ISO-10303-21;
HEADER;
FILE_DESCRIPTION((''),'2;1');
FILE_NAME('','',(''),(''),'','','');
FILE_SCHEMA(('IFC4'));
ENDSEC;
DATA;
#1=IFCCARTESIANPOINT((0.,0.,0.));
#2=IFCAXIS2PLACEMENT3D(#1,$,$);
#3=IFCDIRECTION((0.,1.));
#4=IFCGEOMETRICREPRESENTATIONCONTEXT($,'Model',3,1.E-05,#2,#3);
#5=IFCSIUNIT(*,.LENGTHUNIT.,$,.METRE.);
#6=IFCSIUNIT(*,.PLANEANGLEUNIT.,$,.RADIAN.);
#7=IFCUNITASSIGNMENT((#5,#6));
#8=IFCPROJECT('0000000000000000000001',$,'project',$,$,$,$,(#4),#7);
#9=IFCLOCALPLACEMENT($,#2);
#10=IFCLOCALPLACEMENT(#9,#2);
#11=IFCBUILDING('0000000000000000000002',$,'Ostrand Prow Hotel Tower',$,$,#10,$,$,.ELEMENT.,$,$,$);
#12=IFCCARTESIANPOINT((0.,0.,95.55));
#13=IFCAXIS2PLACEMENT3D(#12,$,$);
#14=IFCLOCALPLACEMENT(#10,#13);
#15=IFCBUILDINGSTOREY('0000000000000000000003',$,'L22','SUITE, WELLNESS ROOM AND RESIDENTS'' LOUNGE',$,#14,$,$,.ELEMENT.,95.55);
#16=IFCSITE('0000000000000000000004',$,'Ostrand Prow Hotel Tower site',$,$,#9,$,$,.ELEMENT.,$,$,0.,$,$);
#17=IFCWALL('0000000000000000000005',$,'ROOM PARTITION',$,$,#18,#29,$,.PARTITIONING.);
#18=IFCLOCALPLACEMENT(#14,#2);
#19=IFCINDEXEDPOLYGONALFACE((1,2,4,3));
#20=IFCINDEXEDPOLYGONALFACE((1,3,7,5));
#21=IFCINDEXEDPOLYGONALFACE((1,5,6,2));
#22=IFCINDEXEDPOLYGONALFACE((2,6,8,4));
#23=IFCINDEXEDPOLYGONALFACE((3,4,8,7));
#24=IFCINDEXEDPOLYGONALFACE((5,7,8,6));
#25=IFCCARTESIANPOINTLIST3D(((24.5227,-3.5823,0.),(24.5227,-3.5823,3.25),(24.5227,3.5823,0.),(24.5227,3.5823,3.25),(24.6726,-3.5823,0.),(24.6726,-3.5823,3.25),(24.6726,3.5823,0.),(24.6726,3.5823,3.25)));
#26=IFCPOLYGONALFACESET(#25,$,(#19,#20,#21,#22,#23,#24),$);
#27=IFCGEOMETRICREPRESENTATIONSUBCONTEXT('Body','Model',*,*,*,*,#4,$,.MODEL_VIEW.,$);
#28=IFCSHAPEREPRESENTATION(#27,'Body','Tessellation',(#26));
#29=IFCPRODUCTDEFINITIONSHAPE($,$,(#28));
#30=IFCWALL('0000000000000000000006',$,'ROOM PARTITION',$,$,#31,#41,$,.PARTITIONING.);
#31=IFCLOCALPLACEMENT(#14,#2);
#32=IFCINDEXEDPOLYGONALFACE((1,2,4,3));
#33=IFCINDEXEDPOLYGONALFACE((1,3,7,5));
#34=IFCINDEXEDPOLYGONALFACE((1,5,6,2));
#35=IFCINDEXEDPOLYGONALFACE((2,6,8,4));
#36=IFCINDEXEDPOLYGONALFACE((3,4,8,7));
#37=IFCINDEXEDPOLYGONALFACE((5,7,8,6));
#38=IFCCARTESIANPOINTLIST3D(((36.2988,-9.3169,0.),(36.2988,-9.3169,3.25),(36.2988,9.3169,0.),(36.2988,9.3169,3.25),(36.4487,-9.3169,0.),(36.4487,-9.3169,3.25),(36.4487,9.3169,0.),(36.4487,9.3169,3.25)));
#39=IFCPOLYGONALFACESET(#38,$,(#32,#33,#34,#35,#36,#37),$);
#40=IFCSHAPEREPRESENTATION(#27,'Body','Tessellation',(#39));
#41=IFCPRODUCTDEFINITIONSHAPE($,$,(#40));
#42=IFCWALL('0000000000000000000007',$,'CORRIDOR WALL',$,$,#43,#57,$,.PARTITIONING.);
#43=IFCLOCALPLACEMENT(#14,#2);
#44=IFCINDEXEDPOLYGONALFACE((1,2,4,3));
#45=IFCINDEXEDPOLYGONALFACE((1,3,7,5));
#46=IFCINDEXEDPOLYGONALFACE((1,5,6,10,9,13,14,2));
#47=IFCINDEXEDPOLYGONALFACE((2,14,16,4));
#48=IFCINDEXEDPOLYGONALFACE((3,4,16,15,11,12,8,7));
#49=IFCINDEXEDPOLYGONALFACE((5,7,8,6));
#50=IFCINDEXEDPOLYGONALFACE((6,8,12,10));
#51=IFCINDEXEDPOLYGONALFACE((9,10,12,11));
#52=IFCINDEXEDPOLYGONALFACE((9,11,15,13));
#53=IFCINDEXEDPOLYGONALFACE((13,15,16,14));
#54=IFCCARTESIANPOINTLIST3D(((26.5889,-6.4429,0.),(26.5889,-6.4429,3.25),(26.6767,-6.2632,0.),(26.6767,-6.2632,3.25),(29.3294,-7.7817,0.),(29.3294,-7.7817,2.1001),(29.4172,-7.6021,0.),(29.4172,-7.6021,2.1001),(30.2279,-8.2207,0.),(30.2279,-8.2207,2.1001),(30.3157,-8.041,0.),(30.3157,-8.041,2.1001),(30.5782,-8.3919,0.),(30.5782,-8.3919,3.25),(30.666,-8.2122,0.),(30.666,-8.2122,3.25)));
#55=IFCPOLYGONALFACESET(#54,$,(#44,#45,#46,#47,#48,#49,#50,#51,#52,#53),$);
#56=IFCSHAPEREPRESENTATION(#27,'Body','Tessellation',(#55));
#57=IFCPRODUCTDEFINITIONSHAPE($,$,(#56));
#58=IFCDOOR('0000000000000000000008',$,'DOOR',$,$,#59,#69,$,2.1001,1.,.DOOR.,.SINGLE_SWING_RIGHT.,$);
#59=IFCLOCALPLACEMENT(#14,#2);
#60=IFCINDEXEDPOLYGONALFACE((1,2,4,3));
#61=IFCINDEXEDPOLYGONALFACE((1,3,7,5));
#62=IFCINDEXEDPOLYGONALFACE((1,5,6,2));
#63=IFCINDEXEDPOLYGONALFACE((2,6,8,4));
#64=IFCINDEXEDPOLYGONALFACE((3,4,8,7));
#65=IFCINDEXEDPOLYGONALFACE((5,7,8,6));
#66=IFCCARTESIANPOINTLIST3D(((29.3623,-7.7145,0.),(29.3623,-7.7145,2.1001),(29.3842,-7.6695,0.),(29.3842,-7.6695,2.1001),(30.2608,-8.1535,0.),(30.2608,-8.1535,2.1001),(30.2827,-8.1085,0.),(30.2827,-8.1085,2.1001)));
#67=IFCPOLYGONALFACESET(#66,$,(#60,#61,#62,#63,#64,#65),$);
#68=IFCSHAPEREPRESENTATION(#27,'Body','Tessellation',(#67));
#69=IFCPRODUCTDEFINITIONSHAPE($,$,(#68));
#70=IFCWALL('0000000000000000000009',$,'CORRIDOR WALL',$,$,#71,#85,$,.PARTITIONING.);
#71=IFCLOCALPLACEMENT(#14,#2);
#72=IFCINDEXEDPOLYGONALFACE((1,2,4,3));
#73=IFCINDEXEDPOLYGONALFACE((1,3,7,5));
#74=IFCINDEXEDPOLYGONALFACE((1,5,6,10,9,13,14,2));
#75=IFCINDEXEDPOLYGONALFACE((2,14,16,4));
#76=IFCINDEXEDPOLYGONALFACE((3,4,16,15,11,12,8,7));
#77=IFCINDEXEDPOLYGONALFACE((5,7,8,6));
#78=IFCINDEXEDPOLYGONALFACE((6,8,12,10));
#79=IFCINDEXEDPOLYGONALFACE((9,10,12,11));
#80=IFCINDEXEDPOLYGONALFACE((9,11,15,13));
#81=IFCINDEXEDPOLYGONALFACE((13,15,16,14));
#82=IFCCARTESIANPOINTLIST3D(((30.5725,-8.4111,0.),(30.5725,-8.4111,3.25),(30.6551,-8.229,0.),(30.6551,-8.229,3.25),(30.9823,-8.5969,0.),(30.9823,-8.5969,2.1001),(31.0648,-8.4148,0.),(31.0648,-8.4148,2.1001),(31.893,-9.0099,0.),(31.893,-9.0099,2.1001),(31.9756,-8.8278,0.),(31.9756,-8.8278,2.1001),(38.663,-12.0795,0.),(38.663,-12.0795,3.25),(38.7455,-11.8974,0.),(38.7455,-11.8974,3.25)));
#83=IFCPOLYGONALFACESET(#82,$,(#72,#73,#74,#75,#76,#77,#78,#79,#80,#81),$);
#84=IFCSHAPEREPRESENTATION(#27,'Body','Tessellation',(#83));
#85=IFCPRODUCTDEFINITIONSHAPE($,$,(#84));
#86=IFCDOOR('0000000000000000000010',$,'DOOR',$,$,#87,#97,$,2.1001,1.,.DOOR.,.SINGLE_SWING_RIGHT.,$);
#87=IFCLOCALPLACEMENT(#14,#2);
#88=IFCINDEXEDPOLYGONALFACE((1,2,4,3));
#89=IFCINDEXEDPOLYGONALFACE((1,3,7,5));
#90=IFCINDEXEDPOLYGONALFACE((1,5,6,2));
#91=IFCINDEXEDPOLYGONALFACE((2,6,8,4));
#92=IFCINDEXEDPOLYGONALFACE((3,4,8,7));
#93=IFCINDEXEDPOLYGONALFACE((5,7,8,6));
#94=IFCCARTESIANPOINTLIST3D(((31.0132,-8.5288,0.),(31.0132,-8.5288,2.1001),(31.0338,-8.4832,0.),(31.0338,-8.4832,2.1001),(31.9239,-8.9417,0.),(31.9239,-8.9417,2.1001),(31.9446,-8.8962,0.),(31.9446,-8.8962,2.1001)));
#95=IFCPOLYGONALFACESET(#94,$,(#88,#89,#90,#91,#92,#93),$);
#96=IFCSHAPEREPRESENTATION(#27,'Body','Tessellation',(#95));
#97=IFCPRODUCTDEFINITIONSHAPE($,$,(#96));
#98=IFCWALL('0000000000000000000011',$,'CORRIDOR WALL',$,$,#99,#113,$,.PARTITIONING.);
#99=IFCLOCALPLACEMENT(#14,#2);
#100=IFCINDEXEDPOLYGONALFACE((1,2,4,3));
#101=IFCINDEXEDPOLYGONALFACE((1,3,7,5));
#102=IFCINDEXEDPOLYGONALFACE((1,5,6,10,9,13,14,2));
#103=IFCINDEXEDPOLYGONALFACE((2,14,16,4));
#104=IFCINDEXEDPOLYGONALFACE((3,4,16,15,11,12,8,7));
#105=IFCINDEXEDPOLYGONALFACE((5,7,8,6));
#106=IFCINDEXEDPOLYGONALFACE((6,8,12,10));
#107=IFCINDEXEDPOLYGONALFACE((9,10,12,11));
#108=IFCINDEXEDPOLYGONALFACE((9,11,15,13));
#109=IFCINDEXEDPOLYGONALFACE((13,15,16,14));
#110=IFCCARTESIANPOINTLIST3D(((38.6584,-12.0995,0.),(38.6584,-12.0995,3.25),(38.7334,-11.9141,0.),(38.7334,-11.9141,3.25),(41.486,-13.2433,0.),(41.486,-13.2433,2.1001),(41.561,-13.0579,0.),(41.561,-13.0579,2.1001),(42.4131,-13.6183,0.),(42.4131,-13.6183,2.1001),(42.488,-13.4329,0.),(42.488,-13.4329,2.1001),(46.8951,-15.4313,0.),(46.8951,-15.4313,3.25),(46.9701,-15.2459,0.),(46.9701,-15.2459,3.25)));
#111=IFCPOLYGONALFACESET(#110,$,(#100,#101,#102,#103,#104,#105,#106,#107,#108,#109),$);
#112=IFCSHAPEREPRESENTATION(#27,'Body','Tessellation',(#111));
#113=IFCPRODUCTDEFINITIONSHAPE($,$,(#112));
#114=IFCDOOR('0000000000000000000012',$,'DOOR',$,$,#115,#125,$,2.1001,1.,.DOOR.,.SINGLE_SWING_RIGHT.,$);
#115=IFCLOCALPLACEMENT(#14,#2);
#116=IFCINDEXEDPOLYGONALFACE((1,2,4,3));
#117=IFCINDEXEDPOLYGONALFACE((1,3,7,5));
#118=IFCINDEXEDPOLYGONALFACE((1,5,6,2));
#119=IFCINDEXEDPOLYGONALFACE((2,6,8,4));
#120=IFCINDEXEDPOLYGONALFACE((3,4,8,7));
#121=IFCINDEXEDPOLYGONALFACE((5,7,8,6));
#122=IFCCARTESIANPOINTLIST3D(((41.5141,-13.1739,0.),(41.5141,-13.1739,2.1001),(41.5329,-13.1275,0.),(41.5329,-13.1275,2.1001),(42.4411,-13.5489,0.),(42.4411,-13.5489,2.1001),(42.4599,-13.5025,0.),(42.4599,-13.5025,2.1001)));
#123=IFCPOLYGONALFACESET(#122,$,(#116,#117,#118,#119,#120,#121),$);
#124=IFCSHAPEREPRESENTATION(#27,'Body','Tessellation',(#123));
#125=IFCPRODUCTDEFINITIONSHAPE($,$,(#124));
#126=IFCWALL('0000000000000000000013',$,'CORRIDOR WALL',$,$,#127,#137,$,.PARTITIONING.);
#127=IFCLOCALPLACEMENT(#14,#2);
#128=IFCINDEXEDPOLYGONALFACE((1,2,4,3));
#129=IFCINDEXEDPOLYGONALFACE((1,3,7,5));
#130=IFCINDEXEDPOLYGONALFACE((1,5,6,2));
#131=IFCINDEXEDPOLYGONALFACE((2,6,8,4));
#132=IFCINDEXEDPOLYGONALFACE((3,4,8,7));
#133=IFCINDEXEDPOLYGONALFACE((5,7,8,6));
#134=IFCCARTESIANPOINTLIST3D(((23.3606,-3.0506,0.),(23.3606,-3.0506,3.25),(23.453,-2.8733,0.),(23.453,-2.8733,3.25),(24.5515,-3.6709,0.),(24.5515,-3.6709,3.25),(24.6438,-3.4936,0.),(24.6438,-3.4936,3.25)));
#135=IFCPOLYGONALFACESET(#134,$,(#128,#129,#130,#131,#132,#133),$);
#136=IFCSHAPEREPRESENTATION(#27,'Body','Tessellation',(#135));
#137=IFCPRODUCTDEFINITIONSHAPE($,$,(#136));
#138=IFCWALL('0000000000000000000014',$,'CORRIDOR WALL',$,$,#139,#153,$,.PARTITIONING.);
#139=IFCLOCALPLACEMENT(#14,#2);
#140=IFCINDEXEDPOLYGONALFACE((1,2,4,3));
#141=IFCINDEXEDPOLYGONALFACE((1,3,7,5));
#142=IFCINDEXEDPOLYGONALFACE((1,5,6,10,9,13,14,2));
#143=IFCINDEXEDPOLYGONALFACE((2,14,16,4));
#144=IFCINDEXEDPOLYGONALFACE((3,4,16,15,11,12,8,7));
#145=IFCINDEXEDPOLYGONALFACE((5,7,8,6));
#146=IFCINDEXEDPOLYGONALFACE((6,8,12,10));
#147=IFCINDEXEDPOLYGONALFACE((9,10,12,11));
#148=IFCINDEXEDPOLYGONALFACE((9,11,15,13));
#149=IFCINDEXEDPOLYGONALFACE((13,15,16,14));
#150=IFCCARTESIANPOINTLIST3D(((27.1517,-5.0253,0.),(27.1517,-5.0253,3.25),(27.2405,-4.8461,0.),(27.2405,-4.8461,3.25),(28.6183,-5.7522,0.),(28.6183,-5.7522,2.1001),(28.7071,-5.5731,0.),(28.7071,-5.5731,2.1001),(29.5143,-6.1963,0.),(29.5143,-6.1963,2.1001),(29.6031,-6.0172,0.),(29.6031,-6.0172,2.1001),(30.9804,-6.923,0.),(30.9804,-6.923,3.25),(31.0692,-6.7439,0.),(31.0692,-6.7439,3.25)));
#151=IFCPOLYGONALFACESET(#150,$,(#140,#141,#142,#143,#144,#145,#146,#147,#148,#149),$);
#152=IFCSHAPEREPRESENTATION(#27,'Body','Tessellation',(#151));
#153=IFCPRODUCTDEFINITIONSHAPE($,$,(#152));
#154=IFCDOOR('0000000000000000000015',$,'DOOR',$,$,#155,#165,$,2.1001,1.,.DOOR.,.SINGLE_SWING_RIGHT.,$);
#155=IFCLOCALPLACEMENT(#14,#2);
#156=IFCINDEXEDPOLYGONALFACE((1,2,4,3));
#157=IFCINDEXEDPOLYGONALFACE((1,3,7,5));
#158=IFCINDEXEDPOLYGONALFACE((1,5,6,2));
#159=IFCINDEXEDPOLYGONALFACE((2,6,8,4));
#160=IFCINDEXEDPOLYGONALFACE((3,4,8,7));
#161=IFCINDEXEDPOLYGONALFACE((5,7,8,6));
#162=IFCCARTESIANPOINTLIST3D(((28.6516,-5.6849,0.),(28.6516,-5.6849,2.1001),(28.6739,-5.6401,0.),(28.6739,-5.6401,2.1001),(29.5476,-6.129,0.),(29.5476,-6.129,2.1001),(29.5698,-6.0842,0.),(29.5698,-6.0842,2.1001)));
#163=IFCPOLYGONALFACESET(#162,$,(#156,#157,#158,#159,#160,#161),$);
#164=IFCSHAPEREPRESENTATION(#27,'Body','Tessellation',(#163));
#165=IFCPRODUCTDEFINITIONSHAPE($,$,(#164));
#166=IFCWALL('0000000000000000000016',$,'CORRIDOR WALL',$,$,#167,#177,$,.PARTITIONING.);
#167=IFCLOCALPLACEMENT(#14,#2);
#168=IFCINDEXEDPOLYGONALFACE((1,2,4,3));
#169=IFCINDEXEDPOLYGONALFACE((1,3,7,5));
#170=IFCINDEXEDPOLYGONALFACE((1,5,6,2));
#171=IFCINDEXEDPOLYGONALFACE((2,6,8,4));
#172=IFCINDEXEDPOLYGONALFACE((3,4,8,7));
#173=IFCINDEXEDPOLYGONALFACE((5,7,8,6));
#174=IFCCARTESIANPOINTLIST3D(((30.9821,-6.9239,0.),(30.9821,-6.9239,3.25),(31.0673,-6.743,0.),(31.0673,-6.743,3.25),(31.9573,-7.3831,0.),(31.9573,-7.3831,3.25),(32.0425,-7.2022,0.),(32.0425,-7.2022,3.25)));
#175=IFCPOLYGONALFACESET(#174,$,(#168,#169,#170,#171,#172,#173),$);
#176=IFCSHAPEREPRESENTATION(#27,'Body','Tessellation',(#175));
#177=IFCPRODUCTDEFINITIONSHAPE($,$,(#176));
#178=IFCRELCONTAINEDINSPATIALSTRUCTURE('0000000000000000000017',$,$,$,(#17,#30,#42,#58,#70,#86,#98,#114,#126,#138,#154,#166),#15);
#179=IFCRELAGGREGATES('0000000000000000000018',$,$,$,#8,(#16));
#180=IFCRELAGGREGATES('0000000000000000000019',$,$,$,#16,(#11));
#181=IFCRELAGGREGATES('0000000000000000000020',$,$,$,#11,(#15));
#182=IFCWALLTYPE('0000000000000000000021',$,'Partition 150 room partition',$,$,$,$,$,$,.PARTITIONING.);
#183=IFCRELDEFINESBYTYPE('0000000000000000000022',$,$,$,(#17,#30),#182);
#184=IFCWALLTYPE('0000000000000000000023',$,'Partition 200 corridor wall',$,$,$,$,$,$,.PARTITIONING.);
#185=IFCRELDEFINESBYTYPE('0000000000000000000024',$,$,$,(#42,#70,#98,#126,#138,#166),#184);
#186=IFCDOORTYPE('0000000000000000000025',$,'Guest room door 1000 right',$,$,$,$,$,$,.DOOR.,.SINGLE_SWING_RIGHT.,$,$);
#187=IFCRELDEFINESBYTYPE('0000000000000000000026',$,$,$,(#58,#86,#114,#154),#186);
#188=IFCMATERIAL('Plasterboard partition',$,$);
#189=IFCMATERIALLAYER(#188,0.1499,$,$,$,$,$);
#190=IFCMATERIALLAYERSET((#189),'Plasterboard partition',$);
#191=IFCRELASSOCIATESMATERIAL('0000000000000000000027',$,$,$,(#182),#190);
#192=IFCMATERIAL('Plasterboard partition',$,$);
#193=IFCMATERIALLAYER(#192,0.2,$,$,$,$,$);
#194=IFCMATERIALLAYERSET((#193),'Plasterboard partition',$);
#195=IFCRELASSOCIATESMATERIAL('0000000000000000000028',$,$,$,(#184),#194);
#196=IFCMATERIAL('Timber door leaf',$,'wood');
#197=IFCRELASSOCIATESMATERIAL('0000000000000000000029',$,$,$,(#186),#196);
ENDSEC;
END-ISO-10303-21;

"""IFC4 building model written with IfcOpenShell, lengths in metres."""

from ifc_helpers import new_model, si_unit, direction, frame, frame_2d, origin, place, context, subcontext, project, spatial, rectangle, extrude, material, layer, layer_set, type_object, element, fill, save


model = new_model("IFC4")

# Units and contexts
model_context = context("Model", 3, precision=1e-05, world=origin(), true_north=direction((0.0, 1.0)))
body_context = subcontext(model_context, "Body", "Model", "MODEL_VIEW")
ifc_project = project(units=[si_unit("LENGTHUNIT", "METRE"), si_unit("PLANEANGLEUNIT", "RADIAN")], contexts=[model_context])

# Site, building, storey
site_placement = place(None, origin())
site = spatial("IfcSite", under=ifc_project, at=site_placement, Name="Ostrand Prow Hotel Tower site", CompositionType="ELEMENT", RefElevation=0.0)
building_placement = place(site_placement, origin())
building = spatial("IfcBuilding", under=site, at=building_placement, Name="Ostrand Prow Hotel Tower", CompositionType="ELEMENT")
storey_placement = place(building_placement, frame((0.0, 0.0, 95.55)))
storey = spatial("IfcBuildingStorey", under=building, at=storey_placement, Name="L22", Description="SUITE, WELLNESS ROOM AND RESIDENTS' LOUNGE", CompositionType="ELEMENT", Elevation=95.55)

# Walls
ifc_material_1 = material(Name="Plasterboard partition")
ifc_layer_1 = layer(ifc_material_1, 0.1499)
ifc_layer_set_1 = layer_set([ifc_layer_1], Name="Plasterboard partition")
wall_type_1 = type_object("IfcWallType", Name="Partition 150 room partition", PredefinedType="PARTITIONING", material=ifc_layer_set_1)
wall_1_placement = place(storey_placement, frame((24.5977, -3.5823, 0.0), z_axis=(0.0, 0.0, 1.0), x_axis=(0.0, 1.0, 0.0)))
element("IfcWall", 1, at=wall_1_placement, inside=storey, type_object=wall_type_1, Name="ROOM PARTITION", PredefinedType="PARTITIONING", context=body_context, shape_type="SweptSolid", body=[
    extrude(rectangle(XDim=7.1646, YDim=0.1499, at=frame_2d((3.5823, 0.0))), origin(), (0.0, 0.0, 1.0), 3.25),
])
wall_2_placement = place(storey_placement, frame((36.3738, -9.3169, 0.0), z_axis=(0.0, 0.0, 1.0), x_axis=(0.0, 1.0, 0.0)))
element("IfcWall", 2, at=wall_2_placement, inside=storey, type_object=wall_type_1, Name="ROOM PARTITION", PredefinedType="PARTITIONING", context=body_context, shape_type="SweptSolid", body=[
    extrude(rectangle(XDim=18.6338, YDim=0.1499, at=frame_2d((9.3169, 0.0))), origin(), (0.0, 0.0, 1.0), 3.25),
])

# Walls, openings, doors
ifc_material_2 = material(Name="Plasterboard partition")
ifc_layer_2 = layer(ifc_material_2, 0.2)
ifc_layer_set_2 = layer_set([ifc_layer_2], Name="Plasterboard partition")
wall_type_2 = type_object("IfcWallType", Name="Partition 200 corridor wall", PredefinedType="PARTITIONING", material=ifc_layer_set_2)
wall_3_placement = place(storey_placement, frame((26.6328, -6.353, 0.0), z_axis=(0.0, 0.0, 1.0), x_axis=(0.898502, -0.438968, 0.0)))
wall_3 = element("IfcWall", 3, at=wall_3_placement, inside=storey, type_object=wall_type_2, Name="CORRIDOR WALL", PredefinedType="PARTITIONING", context=body_context, shape_type="SweptSolid", body=[
    extrude(rectangle(XDim=4.4399, YDim=0.2, at=frame_2d((2.22, 0.0))), origin(), (0.0, 0.0, 1.0), 3.25),
])
opening_1_placement = place(wall_3_placement, frame((3.05, 0.0, 0.0)))
opening_1 = element("IfcOpeningElement", 4, at=opening_1_placement, cuts=wall_3, PredefinedType="OPENING", context=body_context, shape_type="SweptSolid", body=[
    extrude(rectangle(XDim=1.0, YDim=2.1001, at=frame_2d((0.5, 1.05))), frame((0.0, 0.1099, 0.0), z_axis=(0.0, -1.0, 0.0), x_axis=(1.0, 0.0, 0.0)), (0.0, 0.0, 1.0), 0.22),
])
ifc_material_3 = material(Name="Timber door leaf", Category="wood")
door_type_1 = type_object("IfcDoorType", Name="Guest room door 1000 right", OperationType="SINGLE_SWING_RIGHT", PredefinedType="DOOR", material=ifc_material_3)
door_1_placement = place(opening_1_placement, origin())
door_1 = element("IfcDoor", 5, at=door_1_placement, inside=storey, type_object=door_type_1, Name="DOOR", OperationType="SINGLE_SWING_RIGHT", OverallHeight=2.1001, OverallWidth=1.0, PredefinedType="DOOR", context=body_context, shape_type="SweptSolid", body=[
    extrude(rectangle(XDim=1.0, YDim=2.1001, at=frame_2d((0.5, 1.05))), frame((0.0, 0.0249, 0.0), z_axis=(0.0, -1.0, 0.0), x_axis=(1.0, 0.0, 0.0)), (0.0, 0.0, 1.0), 0.05),
])
fill(opening_1, door_1)
wall_4_placement = place(storey_placement, frame((30.6138, -8.3201, 0.0), z_axis=(0.0, 0.0, 1.0), x_axis=(0.910751, -0.412956, 0.0)))
wall_4 = element("IfcWall", 6, at=wall_4_placement, inside=storey, type_object=wall_type_2, Name="CORRIDOR WALL", PredefinedType="PARTITIONING", context=body_context, shape_type="SweptSolid", body=[
    extrude(rectangle(XDim=8.8833, YDim=0.2, at=frame_2d((4.4417, 0.0))), origin(), (0.0, 0.0, 1.0), 3.25),
])
opening_2_placement = place(wall_4_placement, frame((0.45, 0.0, 0.0)))
opening_2 = element("IfcOpeningElement", 7, at=opening_2_placement, cuts=wall_4, PredefinedType="OPENING", context=body_context, shape_type="SweptSolid", body=[
    extrude(rectangle(XDim=1.0, YDim=2.1001, at=frame_2d((0.5, 1.05))), frame((0.0, 0.1099, 0.0), z_axis=(0.0, -1.0, 0.0), x_axis=(1.0, 0.0, 0.0)), (0.0, 0.0, 1.0), 0.22),
])
door_2_placement = place(opening_2_placement, origin())
door_2 = element("IfcDoor", 8, at=door_2_placement, inside=storey, type_object=door_type_1, Name="DOOR", OperationType="SINGLE_SWING_RIGHT", OverallHeight=2.1001, OverallWidth=1.0, PredefinedType="DOOR", context=body_context, shape_type="SweptSolid", body=[
    extrude(rectangle(XDim=1.0, YDim=2.1001, at=frame_2d((0.5, 1.05))), frame((0.0, 0.0249, 0.0), z_axis=(0.0, -1.0, 0.0), x_axis=(1.0, 0.0, 0.0)), (0.0, 0.0, 1.0), 0.05),
])
fill(opening_2, door_2)
wall_5_placement = place(storey_placement, frame((38.696, -12.0068, 0.0), z_axis=(0.0, 0.0, 1.0), x_axis=(0.927028, -0.374993, 0.0)))
wall_5 = element("IfcWall", 9, at=wall_5_placement, inside=storey, type_object=wall_type_2, Name="CORRIDOR WALL", PredefinedType="PARTITIONING", context=body_context, shape_type="SweptSolid", body=[
    extrude(rectangle(XDim=8.885, YDim=0.2, at=frame_2d((4.4424, 0.0))), origin(), (0.0, 0.0, 1.0), 3.25),
])
opening_3_placement = place(wall_5_placement, frame((3.05, 0.0, 0.0)))
opening_3 = element("IfcOpeningElement", 10, at=opening_3_placement, cuts=wall_5, PredefinedType="OPENING", context=body_context, shape_type="SweptSolid", body=[
    extrude(rectangle(XDim=1.0, YDim=2.1001, at=frame_2d((0.5, 1.05))), frame((0.0, 0.1099, 0.0), z_axis=(0.0, -1.0, 0.0), x_axis=(1.0, 0.0, 0.0)), (0.0, 0.0, 1.0), 0.22),
])
door_3_placement = place(opening_3_placement, origin())
door_3 = element("IfcDoor", 11, at=door_3_placement, inside=storey, type_object=door_type_1, Name="DOOR", OperationType="SINGLE_SWING_RIGHT", OverallHeight=2.1001, OverallWidth=1.0, PredefinedType="DOOR", context=body_context, shape_type="SweptSolid", body=[
    extrude(rectangle(XDim=1.0, YDim=2.1001, at=frame_2d((0.5, 1.05))), frame((0.0, 0.0249, 0.0), z_axis=(0.0, -1.0, 0.0), x_axis=(1.0, 0.0, 0.0)), (0.0, 0.0, 1.0), 0.05),
])
fill(opening_3, door_3)

# Wall
wall_6_placement = place(storey_placement, frame((24.5977, -3.5823, 0.0), z_axis=(0.0, 0.0, 1.0), x_axis=(-0.886886, 0.461988, 0.0)))
element("IfcWall", 12, at=wall_6_placement, inside=storey, type_object=wall_type_2, Name="CORRIDOR WALL", PredefinedType="PARTITIONING", context=body_context, shape_type="SweptSolid", body=[
    extrude(rectangle(XDim=1.3428, YDim=0.2, at=frame_2d((0.6714, 0.0))), origin(), (0.0, 0.0, 1.0), 3.25),
])

# Wall, opening, door
wall_7_placement = place(storey_placement, frame((31.0249, -6.8335, 0.0), z_axis=(0.0, 0.0, 1.0), x_axis=(-0.895976, 0.444103, 0.0)))
wall_7 = element("IfcWall", 13, at=wall_7_placement, inside=storey, type_object=wall_type_2, Name="CORRIDOR WALL", PredefinedType="PARTITIONING", context=body_context, shape_type="SweptSolid", body=[
    extrude(rectangle(XDim=4.2732, YDim=0.2, at=frame_2d((2.1367, 0.0))), origin(), (0.0, 0.0, 1.0), 3.25),
])
opening_4_placement = place(wall_7_placement, frame((1.6365, 0.0, 0.0)))
opening_4 = element("IfcOpeningElement", 14, at=opening_4_placement, cuts=wall_7, PredefinedType="OPENING", context=body_context, shape_type="SweptSolid", body=[
    extrude(rectangle(XDim=1.0, YDim=2.1001, at=frame_2d((0.5, 1.05))), frame((0.0, 0.1099, 0.0), z_axis=(0.0, -1.0, 0.0), x_axis=(1.0, 0.0, 0.0)), (0.0, 0.0, 1.0), 0.22),
])
door_4_placement = place(opening_4_placement, origin())
door_4 = element("IfcDoor", 15, at=door_4_placement, inside=storey, type_object=door_type_1, Name="DOOR", OperationType="SINGLE_SWING_RIGHT", OverallHeight=2.1001, OverallWidth=1.0, PredefinedType="DOOR", context=body_context, shape_type="SweptSolid", body=[
    extrude(rectangle(XDim=1.0, YDim=2.1001, at=frame_2d((0.5, 1.05))), frame((0.0, 0.0249, 0.0), z_axis=(0.0, -1.0, 0.0), x_axis=(1.0, 0.0, 0.0)), (0.0, 0.0, 1.0), 0.05),
])
fill(opening_4, door_4)

# Wall
wall_8_placement = place(storey_placement, frame((32.0, -7.2927, 0.0), z_axis=(0.0, 0.0, 1.0), x_axis=(-0.90469, 0.42607, 0.0)))
element("IfcWall", 16, at=wall_8_placement, inside=storey, type_object=wall_type_2, Name="CORRIDOR WALL", PredefinedType="PARTITIONING", context=body_context, shape_type="SweptSolid", body=[
    extrude(rectangle(XDim=1.0779, YDim=0.2, at=frame_2d((0.5391, 0.0))), origin(), (0.0, 0.0, 1.0), 3.25),
])

save(model, "model.ifc")
